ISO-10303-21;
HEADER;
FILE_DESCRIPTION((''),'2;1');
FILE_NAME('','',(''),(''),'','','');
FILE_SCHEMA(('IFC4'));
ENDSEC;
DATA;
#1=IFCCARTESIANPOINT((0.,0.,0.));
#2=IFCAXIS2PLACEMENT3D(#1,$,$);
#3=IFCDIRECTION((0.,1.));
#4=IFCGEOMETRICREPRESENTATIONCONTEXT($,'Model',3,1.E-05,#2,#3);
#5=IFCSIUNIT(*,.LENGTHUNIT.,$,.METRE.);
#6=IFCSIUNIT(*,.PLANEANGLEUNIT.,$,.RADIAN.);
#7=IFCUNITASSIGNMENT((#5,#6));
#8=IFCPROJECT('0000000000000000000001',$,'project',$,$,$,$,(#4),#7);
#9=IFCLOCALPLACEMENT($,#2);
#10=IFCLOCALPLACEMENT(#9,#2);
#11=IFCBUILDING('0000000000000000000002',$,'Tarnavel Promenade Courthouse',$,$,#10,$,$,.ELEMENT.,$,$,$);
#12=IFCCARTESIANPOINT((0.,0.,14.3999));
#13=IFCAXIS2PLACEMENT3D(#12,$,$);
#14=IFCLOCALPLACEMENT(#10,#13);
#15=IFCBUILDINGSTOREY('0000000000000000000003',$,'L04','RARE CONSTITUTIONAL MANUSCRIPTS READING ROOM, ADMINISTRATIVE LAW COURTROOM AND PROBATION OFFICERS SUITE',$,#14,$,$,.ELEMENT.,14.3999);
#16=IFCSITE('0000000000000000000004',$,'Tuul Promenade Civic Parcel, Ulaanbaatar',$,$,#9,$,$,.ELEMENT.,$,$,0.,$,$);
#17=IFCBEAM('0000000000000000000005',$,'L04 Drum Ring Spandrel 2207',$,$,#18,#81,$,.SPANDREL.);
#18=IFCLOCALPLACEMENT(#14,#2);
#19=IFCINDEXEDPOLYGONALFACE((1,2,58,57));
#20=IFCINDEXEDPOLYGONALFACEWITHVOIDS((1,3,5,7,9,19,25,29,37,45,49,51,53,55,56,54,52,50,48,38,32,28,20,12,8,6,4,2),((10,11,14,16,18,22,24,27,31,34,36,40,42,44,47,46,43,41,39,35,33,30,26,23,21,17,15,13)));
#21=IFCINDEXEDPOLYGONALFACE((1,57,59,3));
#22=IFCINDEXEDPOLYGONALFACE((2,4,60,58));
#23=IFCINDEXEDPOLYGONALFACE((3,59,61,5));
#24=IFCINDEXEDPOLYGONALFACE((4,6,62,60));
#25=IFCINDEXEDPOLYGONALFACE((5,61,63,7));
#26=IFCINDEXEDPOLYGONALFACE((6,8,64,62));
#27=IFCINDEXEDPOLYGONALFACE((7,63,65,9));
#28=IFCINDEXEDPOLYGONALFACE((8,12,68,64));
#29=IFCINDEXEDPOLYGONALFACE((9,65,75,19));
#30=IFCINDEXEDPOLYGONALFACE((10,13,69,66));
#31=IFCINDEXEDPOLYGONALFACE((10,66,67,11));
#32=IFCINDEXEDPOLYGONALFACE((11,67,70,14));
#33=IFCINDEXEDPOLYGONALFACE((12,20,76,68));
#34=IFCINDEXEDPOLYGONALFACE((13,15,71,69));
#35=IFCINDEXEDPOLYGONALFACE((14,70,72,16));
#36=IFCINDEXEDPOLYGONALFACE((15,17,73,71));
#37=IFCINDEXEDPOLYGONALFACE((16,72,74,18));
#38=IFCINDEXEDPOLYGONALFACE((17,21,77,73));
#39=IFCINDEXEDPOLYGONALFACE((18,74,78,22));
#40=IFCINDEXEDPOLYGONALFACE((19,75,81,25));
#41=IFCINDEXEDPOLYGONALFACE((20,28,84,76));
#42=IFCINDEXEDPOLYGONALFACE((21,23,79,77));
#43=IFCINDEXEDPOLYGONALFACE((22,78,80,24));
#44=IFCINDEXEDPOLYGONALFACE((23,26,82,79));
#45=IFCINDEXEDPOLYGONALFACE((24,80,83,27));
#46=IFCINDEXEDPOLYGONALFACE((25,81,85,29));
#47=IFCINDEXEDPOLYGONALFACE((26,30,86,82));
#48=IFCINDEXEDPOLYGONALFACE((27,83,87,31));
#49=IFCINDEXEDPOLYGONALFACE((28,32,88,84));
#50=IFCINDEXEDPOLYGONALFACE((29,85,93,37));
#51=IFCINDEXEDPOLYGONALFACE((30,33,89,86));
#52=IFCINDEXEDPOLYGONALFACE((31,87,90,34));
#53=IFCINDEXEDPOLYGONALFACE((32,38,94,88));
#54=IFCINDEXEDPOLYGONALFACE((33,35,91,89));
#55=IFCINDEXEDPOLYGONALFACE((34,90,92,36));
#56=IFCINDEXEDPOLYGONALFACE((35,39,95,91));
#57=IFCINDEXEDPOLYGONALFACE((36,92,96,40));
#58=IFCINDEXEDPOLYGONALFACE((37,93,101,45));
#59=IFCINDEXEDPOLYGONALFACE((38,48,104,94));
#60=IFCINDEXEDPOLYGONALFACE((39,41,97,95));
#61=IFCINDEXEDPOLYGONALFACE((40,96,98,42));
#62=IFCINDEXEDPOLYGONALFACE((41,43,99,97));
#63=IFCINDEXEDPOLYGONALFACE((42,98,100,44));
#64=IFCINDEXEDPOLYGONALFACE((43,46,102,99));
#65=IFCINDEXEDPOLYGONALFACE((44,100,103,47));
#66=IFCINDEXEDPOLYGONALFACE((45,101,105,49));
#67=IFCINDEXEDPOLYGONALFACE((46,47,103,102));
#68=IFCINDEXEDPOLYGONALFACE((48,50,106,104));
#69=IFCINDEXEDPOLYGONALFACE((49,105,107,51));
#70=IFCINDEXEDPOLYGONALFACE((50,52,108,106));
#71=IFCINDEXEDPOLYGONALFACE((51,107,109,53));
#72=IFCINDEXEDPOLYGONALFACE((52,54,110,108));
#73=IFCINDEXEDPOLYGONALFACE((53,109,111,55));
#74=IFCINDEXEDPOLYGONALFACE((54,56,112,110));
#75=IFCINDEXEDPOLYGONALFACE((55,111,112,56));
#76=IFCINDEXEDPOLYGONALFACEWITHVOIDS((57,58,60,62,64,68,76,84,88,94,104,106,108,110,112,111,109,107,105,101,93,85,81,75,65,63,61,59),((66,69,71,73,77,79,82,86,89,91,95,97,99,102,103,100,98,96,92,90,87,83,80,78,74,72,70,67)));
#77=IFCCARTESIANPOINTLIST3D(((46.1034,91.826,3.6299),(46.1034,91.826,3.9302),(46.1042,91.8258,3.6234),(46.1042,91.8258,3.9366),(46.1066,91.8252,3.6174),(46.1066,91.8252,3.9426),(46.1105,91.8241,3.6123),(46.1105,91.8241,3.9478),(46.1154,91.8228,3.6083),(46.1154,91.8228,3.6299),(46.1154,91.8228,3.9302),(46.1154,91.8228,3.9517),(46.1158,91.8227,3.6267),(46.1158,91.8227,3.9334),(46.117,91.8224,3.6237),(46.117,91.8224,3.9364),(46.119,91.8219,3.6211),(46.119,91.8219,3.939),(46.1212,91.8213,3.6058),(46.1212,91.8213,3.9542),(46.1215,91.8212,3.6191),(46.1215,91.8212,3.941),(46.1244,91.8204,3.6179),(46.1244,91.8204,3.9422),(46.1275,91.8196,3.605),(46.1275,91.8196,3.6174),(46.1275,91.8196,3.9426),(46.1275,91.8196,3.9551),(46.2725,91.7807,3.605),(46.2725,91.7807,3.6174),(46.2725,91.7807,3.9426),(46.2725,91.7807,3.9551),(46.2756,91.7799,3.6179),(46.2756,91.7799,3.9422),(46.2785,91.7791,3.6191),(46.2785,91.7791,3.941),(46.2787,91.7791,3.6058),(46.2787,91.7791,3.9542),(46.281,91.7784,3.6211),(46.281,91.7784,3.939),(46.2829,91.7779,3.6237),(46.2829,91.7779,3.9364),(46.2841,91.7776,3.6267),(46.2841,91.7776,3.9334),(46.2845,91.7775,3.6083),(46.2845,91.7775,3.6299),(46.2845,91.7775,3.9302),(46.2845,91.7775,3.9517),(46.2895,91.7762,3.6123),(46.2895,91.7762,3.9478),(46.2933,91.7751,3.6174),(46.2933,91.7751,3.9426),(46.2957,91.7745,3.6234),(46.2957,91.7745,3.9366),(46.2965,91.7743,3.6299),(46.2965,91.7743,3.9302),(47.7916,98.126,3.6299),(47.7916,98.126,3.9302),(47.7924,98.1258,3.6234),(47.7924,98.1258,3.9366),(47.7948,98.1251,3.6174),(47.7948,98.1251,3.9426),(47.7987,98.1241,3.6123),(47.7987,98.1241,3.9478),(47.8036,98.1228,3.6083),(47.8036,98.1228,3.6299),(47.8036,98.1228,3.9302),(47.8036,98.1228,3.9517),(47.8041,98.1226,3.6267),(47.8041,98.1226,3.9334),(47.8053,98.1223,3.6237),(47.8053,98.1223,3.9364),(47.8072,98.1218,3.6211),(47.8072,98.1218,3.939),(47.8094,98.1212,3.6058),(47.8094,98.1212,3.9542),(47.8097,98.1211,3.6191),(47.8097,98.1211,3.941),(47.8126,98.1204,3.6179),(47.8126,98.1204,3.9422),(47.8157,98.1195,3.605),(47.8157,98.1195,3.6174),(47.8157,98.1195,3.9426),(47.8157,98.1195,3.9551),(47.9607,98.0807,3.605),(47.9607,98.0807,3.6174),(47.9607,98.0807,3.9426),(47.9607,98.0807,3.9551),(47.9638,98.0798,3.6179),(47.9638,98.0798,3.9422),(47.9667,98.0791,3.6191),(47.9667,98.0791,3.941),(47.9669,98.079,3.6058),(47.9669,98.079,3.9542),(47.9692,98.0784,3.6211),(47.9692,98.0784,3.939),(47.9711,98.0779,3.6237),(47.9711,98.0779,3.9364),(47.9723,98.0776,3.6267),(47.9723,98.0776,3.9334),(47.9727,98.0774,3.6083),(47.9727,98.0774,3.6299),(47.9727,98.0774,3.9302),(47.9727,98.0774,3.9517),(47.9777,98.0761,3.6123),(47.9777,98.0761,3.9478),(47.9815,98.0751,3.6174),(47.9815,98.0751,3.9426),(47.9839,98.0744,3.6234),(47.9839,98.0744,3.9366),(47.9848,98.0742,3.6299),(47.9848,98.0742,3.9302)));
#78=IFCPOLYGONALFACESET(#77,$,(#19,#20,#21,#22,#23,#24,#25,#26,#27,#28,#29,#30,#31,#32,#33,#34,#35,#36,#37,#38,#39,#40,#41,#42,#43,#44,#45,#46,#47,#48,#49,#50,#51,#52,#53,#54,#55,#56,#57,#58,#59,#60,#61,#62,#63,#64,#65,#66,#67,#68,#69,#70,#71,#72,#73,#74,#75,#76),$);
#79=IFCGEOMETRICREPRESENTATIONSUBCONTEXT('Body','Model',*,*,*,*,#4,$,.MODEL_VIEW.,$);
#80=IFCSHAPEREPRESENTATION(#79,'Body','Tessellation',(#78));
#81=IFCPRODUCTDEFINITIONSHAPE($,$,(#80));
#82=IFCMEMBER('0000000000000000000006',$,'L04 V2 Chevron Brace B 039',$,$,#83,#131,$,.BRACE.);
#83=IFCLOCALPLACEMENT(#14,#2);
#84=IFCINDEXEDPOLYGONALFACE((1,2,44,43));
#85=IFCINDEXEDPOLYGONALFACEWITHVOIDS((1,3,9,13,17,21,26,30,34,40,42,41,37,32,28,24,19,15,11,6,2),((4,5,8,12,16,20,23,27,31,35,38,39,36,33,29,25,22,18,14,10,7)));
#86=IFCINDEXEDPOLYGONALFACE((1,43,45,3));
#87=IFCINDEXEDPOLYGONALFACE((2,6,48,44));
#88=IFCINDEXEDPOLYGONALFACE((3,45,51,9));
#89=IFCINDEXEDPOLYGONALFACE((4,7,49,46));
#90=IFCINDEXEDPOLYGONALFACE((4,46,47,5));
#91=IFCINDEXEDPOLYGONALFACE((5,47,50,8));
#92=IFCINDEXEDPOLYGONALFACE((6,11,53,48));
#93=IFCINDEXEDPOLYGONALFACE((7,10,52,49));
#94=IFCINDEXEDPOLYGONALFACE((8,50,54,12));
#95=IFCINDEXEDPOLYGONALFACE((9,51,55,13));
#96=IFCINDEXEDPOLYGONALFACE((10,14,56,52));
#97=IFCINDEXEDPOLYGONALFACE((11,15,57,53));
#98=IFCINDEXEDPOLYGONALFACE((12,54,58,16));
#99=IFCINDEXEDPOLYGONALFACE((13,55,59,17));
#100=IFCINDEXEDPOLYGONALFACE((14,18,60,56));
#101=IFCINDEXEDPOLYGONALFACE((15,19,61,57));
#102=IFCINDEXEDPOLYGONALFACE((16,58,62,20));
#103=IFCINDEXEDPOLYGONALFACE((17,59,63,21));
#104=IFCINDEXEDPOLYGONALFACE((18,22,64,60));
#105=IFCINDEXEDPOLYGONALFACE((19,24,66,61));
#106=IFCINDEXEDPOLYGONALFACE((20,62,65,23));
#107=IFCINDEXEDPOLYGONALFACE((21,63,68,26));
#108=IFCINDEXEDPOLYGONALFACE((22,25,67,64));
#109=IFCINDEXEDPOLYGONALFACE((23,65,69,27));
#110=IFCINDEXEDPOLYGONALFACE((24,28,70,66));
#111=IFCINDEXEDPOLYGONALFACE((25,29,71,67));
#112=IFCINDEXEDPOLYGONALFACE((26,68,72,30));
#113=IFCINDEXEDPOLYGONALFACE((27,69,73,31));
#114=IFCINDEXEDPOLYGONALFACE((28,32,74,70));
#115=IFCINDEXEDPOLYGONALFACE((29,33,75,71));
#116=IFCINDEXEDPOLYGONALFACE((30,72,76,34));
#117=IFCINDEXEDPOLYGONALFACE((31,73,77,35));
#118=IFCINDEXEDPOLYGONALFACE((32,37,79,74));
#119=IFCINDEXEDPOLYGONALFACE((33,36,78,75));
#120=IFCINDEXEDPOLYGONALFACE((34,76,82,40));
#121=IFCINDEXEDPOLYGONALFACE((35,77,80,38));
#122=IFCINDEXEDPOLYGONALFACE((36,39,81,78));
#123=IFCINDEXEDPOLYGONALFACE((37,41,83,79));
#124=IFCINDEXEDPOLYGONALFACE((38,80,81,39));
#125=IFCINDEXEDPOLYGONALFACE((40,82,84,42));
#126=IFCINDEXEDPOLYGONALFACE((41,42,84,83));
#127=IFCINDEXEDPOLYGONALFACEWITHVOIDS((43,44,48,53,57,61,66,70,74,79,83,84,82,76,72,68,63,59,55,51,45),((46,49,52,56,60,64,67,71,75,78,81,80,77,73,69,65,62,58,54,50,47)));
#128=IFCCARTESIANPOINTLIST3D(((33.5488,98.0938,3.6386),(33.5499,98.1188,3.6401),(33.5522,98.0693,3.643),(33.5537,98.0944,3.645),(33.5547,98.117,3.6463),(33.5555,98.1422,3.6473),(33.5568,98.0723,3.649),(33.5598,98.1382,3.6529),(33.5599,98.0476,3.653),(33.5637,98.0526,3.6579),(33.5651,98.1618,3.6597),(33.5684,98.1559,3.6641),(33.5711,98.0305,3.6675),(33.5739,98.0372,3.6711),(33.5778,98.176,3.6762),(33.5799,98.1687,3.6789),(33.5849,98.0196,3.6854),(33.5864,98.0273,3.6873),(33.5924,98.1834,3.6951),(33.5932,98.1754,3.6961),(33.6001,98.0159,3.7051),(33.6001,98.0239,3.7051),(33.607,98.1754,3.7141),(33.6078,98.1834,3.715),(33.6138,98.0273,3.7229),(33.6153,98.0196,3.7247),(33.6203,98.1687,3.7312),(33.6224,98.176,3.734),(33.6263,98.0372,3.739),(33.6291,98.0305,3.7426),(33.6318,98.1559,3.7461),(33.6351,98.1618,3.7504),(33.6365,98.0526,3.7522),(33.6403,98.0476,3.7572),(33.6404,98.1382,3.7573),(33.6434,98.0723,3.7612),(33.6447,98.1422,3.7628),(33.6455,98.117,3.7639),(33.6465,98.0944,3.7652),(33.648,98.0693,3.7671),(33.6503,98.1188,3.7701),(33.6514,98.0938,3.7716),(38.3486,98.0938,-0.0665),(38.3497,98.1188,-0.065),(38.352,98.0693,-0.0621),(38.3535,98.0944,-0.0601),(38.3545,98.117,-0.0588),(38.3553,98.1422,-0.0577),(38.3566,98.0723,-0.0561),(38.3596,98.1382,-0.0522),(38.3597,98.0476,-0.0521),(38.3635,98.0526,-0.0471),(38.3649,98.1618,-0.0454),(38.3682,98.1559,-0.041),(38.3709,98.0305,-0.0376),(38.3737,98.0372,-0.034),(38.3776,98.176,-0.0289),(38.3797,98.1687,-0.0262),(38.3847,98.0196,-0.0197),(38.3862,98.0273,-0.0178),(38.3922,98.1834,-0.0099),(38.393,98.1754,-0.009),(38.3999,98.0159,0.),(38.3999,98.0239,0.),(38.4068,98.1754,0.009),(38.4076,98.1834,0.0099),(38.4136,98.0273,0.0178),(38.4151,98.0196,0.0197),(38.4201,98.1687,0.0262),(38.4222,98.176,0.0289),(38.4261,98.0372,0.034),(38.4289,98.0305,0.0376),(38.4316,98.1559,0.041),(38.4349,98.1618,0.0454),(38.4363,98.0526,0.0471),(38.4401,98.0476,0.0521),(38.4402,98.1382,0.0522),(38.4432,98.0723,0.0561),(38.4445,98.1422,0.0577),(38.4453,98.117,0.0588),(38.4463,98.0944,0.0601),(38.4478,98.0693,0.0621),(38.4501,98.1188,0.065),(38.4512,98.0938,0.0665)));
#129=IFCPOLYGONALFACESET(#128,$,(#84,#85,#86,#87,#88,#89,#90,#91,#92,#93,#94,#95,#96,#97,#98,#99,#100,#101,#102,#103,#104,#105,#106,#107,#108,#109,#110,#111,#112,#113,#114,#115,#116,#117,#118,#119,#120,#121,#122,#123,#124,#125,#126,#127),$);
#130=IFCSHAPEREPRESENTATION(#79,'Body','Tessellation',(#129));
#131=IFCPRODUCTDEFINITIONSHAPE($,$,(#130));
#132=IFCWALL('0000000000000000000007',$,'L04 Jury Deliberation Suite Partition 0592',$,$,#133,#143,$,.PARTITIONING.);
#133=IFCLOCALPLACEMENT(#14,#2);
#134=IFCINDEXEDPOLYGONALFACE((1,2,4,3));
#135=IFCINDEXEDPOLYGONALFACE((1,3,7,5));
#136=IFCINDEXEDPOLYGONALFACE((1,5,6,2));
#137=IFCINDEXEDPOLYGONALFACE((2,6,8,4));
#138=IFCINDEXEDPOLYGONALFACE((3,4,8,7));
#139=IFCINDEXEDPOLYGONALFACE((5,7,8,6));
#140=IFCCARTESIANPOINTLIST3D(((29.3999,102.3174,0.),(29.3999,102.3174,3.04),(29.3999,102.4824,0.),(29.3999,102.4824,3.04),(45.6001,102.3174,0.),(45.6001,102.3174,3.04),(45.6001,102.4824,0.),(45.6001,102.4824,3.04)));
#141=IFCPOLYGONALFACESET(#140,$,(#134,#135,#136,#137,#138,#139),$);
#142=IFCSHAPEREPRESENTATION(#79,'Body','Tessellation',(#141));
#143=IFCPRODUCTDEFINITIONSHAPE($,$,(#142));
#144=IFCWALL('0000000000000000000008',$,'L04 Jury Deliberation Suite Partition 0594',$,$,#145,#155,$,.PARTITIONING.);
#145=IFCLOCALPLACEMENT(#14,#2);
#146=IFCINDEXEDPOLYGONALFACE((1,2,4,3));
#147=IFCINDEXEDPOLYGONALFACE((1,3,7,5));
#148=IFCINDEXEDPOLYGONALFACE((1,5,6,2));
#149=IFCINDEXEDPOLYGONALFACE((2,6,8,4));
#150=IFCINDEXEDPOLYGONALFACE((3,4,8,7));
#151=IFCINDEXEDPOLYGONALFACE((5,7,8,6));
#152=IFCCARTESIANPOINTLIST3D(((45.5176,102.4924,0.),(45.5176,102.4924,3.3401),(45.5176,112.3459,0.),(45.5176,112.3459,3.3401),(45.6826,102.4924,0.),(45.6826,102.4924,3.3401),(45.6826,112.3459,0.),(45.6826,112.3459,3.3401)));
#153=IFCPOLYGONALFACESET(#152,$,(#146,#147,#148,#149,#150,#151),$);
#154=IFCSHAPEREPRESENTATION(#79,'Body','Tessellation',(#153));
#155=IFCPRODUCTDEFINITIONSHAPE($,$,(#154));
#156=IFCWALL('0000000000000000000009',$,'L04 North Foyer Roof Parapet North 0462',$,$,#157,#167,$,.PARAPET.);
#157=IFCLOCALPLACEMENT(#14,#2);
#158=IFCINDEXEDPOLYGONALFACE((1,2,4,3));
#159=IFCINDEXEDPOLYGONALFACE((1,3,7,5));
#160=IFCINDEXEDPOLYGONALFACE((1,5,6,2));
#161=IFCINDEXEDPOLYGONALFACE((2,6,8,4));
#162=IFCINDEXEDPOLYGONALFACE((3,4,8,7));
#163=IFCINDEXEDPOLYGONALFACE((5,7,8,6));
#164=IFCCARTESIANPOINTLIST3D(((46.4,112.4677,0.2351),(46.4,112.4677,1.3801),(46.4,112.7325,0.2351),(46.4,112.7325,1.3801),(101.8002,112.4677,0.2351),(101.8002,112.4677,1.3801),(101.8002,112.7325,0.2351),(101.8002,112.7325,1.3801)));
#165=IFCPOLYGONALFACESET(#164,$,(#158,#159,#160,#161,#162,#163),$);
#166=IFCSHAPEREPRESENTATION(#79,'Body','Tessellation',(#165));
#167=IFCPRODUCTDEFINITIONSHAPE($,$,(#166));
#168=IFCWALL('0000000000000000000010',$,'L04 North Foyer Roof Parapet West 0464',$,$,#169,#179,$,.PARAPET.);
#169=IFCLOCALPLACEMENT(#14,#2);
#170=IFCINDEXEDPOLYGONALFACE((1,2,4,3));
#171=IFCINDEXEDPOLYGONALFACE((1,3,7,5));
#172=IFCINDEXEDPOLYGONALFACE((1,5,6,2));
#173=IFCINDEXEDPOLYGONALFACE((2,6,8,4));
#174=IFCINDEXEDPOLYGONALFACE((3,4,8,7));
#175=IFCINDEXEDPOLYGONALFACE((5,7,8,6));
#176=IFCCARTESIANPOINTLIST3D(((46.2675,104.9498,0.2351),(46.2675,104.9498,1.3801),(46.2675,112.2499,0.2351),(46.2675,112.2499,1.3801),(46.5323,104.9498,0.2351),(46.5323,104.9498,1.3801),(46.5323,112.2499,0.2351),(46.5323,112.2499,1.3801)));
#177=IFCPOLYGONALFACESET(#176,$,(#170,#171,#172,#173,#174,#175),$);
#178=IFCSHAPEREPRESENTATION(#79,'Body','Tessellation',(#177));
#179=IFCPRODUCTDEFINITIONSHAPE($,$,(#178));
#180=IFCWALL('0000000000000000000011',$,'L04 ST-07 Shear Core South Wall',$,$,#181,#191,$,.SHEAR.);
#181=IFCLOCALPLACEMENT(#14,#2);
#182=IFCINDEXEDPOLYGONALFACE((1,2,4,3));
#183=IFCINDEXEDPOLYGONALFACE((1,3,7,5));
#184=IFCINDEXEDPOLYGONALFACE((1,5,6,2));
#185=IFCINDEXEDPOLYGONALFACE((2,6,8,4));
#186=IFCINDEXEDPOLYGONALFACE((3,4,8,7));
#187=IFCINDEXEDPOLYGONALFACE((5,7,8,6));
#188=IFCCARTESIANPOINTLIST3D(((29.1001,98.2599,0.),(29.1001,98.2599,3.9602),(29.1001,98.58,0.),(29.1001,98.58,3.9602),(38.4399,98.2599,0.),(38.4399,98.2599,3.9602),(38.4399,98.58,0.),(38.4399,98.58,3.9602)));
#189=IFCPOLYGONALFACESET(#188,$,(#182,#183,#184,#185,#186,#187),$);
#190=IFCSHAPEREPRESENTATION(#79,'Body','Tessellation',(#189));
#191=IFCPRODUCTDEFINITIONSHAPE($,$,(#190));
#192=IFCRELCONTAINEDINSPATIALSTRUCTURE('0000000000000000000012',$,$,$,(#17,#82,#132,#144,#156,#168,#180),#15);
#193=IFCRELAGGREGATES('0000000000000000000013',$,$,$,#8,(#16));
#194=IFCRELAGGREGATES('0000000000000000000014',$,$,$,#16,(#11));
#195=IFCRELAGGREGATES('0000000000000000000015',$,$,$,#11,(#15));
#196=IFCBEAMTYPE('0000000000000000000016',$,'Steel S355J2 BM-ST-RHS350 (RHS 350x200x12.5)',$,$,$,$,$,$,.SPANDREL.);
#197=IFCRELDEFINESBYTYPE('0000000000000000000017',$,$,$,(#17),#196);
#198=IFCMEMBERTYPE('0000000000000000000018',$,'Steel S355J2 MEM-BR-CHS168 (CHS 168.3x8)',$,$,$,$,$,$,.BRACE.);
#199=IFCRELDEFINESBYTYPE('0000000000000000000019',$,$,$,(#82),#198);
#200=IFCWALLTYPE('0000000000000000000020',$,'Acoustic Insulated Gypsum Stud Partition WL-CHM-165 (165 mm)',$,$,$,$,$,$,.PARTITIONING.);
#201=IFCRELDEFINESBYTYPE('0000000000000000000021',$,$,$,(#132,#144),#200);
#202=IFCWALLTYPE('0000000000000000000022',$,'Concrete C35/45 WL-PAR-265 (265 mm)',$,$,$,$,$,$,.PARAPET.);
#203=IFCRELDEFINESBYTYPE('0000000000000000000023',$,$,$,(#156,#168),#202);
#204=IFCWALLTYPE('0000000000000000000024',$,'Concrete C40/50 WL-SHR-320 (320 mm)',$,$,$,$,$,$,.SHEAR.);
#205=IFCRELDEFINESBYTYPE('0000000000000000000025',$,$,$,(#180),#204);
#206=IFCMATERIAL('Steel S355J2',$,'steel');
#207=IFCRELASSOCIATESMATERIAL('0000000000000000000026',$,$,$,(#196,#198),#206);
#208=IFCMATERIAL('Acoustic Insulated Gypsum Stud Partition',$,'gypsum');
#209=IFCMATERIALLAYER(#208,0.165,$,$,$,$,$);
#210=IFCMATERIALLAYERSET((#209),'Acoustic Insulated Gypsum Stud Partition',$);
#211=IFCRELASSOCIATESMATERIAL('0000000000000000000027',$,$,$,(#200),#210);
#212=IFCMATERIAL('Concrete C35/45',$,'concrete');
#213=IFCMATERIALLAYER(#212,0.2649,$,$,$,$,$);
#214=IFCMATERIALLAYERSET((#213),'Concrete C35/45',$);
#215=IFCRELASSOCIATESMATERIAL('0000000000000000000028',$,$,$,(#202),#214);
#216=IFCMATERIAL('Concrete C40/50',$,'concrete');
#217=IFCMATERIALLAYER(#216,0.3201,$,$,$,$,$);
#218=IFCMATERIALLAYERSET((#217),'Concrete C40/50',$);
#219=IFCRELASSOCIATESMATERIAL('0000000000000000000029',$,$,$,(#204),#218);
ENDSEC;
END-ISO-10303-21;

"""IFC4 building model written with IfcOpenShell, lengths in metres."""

from ifc_helpers import new_model, si_unit, direction, frame, frame_2d, origin, origin_2d, place, context, subcontext, project, spatial, rectangle, hollow_rectangle, hollow_circle, extrude, material, layer, layer_set, material_profile, profile_set, type_object, element, save


model = new_model("IFC4")

# Units and contexts
model_context = context("Model", 3, precision=1e-05, world=origin(), true_north=direction((0.0, 1.0)))
body_context = subcontext(model_context, "Body", "Model", "MODEL_VIEW")
ifc_project = project(units=[si_unit("LENGTHUNIT", "METRE"), si_unit("PLANEANGLEUNIT", "RADIAN")], contexts=[model_context])

# Site, building, storey
site_placement = place(None, origin())
site = spatial("IfcSite", under=ifc_project, at=site_placement, Name="Tuul Promenade Civic Parcel, Ulaanbaatar", CompositionType="ELEMENT", RefElevation=0.0)
building_placement = place(site_placement, origin())
building = spatial("IfcBuilding", under=site, at=building_placement, Name="Tarnavel Promenade Courthouse", CompositionType="ELEMENT")
storey_placement = place(building_placement, frame((0.0, 0.0, 14.3999)))
storey = spatial("IfcBuildingStorey", under=building, at=storey_placement, Name="L04", Description="RARE CONSTITUTIONAL MANUSCRIPTS READING ROOM, ADMINISTRATIVE LAW COURTROOM AND PROBATION OFFICERS SUITE", CompositionType="ELEMENT", Elevation=14.3999)

# Shared definitions
ifc_material_1 = material(Name="Concrete C40/50", Category="concrete")

# Beam
ifc_material_2 = material(Name="Steel S355J2", Category="steel")
ifc_material_profile_1 = material_profile(ifc_material_2, hollow_rectangle(XDim=0.2, YDim=0.3501, WallThickness=0.0125, InnerFilletRadius=0.0125, OuterFilletRadius=0.0249, at=origin_2d()), Name="RHS 350x200x12.5")
ifc_profile_set_1 = profile_set([ifc_material_profile_1], Name="Steel S355J2")
beam_type_1 = type_object("IfcBeamType", Name="Steel S355J2 BM-ST-RHS350 (RHS 350x200x12.5)", PredefinedType="SPANDREL", material=ifc_profile_set_1)
beam_1_placement = place(storey_placement, frame((47.8882, 98.1001, 3.78), z_axis=(-0.258839, -0.96592, 0.0), x_axis=(0.96592, -0.258839, 0.0)))
element("IfcBeam", 1, at=beam_1_placement, inside=storey, type_object=beam_type_1, Name="L04 Drum Ring Spandrel 2207", PredefinedType="SPANDREL", context=body_context, shape_type="SweptSolid", body=[
    extrude(hollow_rectangle(XDim=0.2, YDim=0.3501, WallThickness=0.0125, InnerFilletRadius=0.0125, OuterFilletRadius=0.0249, at=origin_2d()), origin(), (0.0, 0.0, 1.0), 6.5222),
])

# Member
ifc_material_profile_2 = material_profile(ifc_material_2, hollow_circle(Radius=0.0842, WallThickness=0.0081, at=origin_2d()), Name="CHS 168.3x8")
ifc_profile_set_2 = profile_set([ifc_material_profile_2], Name="Steel S355J2")
member_type = type_object("IfcMemberType", Name="Steel S355J2 MEM-BR-CHS168 (CHS 168.3x8)", PredefinedType="BRACE", material=ifc_profile_set_2)
member_placement = place(storey_placement, frame((38.3999, 98.1001, 0.0), z_axis=(-0.791593, 0.0, 0.611049), x_axis=(0.0, -1.0, 0.0)))
element("IfcMember", 2, at=member_placement, inside=storey, type_object=member_type, Name="L04 V2 Chevron Brace B 039", PredefinedType="BRACE", context=body_context, shape_type="SweptSolid", body=[
    extrude(hollow_circle(Radius=0.0842, WallThickness=0.0081, at=origin_2d()), origin(), (0.0, 0.0, 1.0), 6.0635),
])

# Walls
ifc_material_3 = material(Name="Acoustic Insulated Gypsum Stud Partition", Category="gypsum")
ifc_layer_1 = layer(ifc_material_3, 0.165)
ifc_layer_set_1 = layer_set([ifc_layer_1], Name="Acoustic Insulated Gypsum Stud Partition")
wall_type_1 = type_object("IfcWallType", Name="Acoustic Insulated Gypsum Stud Partition WL-CHM-165 (165 mm)", PredefinedType="PARTITIONING", material=ifc_layer_set_1)
wall_1_placement = place(storey_placement, frame((45.6001, 102.3999, 0.0), z_axis=(0.0, 0.0, 1.0), x_axis=(-1.0, 0.0, 0.0)))
element("IfcWall", 3, at=wall_1_placement, inside=storey, type_object=wall_type_1, Name="L04 Jury Deliberation Suite Partition 0592", PredefinedType="PARTITIONING", context=body_context, shape_type="SweptSolid", body=[
    extrude(rectangle(XDim=16.2002, YDim=0.165, at=frame_2d((8.1001, 0.0))), origin(), (0.0, 0.0, 1.0), 3.04),
])
wall_2_placement = place(storey_placement, frame((45.6001, 112.3459, 0.0), z_axis=(0.0, 0.0, 1.0), x_axis=(0.0, -1.0, 0.0)))
element("IfcWall", 4, at=wall_2_placement, inside=storey, type_object=wall_type_1, Name="L04 Jury Deliberation Suite Partition 0594", PredefinedType="PARTITIONING", context=body_context, shape_type="SweptSolid", body=[
    extrude(rectangle(XDim=9.8535, YDim=0.165, at=frame_2d((4.9268, 0.0))), origin(), (0.0, 0.0, 1.0), 3.3401),
])
ifc_material_4 = material(Name="Concrete C35/45", Category="concrete")
ifc_layer_2 = layer(ifc_material_4, 0.2649)
ifc_layer_set_2 = layer_set([ifc_layer_2], Name="Concrete C35/45")
wall_type_2 = type_object("IfcWallType", Name="Concrete C35/45 WL-PAR-265 (265 mm)", PredefinedType="PARAPET", material=ifc_layer_set_2)
wall_3_placement = place(storey_placement, frame((46.3999, 112.6001, 0.2351), z_axis=(0.0, 0.0, 1.0), x_axis=(1.0, 0.0, 0.0)))
element("IfcWall", 5, at=wall_3_placement, inside=storey, type_object=wall_type_2, Name="L04 North Foyer Roof Parapet North 0462", PredefinedType="PARAPET", context=body_context, shape_type="SweptSolid", body=[
    extrude(rectangle(XDim=55.4001, YDim=0.2649, at=frame_2d((27.7002, 0.0))), origin(), (0.0, 0.0, 1.0), 1.145),
])
wall_4_placement = place(storey_placement, frame((46.3999, 104.95, 0.2351), z_axis=(0.0, 0.0, 1.0), x_axis=(0.0, 1.0, 0.0)))
element("IfcWall", 6, at=wall_4_placement, inside=storey, type_object=wall_type_2, Name="L04 North Foyer Roof Parapet West 0464", PredefinedType="PARAPET", context=body_context, shape_type="SweptSolid", body=[
    extrude(rectangle(XDim=7.3, YDim=0.2649, at=frame_2d((3.6499, 0.0))), origin(), (0.0, 0.0, 1.0), 1.145),
])
ifc_layer_3 = layer(ifc_material_1, 0.3201)
ifc_layer_set_3 = layer_set([ifc_layer_3], Name="Concrete C40/50")
wall_type_3 = type_object("IfcWallType", Name="Concrete C40/50 WL-SHR-320 (320 mm)", PredefinedType="SHEAR", material=ifc_layer_set_3)
wall_5_placement = place(storey_placement, frame((38.4399, 98.4199, 0.0), z_axis=(0.0, 0.0, 1.0), x_axis=(-1.0, 0.0, 0.0)))
element("IfcWall", 7, at=wall_5_placement, inside=storey, type_object=wall_type_3, Name="L04 ST-07 Shear Core South Wall", PredefinedType="SHEAR", context=body_context, shape_type="SweptSolid", body=[
    extrude(rectangle(XDim=9.3398, YDim=0.3201, at=frame_2d((4.6699, 0.0))), origin(), (0.0, 0.0, 1.0), 3.9602),
])

save(model, "model.ifc")
